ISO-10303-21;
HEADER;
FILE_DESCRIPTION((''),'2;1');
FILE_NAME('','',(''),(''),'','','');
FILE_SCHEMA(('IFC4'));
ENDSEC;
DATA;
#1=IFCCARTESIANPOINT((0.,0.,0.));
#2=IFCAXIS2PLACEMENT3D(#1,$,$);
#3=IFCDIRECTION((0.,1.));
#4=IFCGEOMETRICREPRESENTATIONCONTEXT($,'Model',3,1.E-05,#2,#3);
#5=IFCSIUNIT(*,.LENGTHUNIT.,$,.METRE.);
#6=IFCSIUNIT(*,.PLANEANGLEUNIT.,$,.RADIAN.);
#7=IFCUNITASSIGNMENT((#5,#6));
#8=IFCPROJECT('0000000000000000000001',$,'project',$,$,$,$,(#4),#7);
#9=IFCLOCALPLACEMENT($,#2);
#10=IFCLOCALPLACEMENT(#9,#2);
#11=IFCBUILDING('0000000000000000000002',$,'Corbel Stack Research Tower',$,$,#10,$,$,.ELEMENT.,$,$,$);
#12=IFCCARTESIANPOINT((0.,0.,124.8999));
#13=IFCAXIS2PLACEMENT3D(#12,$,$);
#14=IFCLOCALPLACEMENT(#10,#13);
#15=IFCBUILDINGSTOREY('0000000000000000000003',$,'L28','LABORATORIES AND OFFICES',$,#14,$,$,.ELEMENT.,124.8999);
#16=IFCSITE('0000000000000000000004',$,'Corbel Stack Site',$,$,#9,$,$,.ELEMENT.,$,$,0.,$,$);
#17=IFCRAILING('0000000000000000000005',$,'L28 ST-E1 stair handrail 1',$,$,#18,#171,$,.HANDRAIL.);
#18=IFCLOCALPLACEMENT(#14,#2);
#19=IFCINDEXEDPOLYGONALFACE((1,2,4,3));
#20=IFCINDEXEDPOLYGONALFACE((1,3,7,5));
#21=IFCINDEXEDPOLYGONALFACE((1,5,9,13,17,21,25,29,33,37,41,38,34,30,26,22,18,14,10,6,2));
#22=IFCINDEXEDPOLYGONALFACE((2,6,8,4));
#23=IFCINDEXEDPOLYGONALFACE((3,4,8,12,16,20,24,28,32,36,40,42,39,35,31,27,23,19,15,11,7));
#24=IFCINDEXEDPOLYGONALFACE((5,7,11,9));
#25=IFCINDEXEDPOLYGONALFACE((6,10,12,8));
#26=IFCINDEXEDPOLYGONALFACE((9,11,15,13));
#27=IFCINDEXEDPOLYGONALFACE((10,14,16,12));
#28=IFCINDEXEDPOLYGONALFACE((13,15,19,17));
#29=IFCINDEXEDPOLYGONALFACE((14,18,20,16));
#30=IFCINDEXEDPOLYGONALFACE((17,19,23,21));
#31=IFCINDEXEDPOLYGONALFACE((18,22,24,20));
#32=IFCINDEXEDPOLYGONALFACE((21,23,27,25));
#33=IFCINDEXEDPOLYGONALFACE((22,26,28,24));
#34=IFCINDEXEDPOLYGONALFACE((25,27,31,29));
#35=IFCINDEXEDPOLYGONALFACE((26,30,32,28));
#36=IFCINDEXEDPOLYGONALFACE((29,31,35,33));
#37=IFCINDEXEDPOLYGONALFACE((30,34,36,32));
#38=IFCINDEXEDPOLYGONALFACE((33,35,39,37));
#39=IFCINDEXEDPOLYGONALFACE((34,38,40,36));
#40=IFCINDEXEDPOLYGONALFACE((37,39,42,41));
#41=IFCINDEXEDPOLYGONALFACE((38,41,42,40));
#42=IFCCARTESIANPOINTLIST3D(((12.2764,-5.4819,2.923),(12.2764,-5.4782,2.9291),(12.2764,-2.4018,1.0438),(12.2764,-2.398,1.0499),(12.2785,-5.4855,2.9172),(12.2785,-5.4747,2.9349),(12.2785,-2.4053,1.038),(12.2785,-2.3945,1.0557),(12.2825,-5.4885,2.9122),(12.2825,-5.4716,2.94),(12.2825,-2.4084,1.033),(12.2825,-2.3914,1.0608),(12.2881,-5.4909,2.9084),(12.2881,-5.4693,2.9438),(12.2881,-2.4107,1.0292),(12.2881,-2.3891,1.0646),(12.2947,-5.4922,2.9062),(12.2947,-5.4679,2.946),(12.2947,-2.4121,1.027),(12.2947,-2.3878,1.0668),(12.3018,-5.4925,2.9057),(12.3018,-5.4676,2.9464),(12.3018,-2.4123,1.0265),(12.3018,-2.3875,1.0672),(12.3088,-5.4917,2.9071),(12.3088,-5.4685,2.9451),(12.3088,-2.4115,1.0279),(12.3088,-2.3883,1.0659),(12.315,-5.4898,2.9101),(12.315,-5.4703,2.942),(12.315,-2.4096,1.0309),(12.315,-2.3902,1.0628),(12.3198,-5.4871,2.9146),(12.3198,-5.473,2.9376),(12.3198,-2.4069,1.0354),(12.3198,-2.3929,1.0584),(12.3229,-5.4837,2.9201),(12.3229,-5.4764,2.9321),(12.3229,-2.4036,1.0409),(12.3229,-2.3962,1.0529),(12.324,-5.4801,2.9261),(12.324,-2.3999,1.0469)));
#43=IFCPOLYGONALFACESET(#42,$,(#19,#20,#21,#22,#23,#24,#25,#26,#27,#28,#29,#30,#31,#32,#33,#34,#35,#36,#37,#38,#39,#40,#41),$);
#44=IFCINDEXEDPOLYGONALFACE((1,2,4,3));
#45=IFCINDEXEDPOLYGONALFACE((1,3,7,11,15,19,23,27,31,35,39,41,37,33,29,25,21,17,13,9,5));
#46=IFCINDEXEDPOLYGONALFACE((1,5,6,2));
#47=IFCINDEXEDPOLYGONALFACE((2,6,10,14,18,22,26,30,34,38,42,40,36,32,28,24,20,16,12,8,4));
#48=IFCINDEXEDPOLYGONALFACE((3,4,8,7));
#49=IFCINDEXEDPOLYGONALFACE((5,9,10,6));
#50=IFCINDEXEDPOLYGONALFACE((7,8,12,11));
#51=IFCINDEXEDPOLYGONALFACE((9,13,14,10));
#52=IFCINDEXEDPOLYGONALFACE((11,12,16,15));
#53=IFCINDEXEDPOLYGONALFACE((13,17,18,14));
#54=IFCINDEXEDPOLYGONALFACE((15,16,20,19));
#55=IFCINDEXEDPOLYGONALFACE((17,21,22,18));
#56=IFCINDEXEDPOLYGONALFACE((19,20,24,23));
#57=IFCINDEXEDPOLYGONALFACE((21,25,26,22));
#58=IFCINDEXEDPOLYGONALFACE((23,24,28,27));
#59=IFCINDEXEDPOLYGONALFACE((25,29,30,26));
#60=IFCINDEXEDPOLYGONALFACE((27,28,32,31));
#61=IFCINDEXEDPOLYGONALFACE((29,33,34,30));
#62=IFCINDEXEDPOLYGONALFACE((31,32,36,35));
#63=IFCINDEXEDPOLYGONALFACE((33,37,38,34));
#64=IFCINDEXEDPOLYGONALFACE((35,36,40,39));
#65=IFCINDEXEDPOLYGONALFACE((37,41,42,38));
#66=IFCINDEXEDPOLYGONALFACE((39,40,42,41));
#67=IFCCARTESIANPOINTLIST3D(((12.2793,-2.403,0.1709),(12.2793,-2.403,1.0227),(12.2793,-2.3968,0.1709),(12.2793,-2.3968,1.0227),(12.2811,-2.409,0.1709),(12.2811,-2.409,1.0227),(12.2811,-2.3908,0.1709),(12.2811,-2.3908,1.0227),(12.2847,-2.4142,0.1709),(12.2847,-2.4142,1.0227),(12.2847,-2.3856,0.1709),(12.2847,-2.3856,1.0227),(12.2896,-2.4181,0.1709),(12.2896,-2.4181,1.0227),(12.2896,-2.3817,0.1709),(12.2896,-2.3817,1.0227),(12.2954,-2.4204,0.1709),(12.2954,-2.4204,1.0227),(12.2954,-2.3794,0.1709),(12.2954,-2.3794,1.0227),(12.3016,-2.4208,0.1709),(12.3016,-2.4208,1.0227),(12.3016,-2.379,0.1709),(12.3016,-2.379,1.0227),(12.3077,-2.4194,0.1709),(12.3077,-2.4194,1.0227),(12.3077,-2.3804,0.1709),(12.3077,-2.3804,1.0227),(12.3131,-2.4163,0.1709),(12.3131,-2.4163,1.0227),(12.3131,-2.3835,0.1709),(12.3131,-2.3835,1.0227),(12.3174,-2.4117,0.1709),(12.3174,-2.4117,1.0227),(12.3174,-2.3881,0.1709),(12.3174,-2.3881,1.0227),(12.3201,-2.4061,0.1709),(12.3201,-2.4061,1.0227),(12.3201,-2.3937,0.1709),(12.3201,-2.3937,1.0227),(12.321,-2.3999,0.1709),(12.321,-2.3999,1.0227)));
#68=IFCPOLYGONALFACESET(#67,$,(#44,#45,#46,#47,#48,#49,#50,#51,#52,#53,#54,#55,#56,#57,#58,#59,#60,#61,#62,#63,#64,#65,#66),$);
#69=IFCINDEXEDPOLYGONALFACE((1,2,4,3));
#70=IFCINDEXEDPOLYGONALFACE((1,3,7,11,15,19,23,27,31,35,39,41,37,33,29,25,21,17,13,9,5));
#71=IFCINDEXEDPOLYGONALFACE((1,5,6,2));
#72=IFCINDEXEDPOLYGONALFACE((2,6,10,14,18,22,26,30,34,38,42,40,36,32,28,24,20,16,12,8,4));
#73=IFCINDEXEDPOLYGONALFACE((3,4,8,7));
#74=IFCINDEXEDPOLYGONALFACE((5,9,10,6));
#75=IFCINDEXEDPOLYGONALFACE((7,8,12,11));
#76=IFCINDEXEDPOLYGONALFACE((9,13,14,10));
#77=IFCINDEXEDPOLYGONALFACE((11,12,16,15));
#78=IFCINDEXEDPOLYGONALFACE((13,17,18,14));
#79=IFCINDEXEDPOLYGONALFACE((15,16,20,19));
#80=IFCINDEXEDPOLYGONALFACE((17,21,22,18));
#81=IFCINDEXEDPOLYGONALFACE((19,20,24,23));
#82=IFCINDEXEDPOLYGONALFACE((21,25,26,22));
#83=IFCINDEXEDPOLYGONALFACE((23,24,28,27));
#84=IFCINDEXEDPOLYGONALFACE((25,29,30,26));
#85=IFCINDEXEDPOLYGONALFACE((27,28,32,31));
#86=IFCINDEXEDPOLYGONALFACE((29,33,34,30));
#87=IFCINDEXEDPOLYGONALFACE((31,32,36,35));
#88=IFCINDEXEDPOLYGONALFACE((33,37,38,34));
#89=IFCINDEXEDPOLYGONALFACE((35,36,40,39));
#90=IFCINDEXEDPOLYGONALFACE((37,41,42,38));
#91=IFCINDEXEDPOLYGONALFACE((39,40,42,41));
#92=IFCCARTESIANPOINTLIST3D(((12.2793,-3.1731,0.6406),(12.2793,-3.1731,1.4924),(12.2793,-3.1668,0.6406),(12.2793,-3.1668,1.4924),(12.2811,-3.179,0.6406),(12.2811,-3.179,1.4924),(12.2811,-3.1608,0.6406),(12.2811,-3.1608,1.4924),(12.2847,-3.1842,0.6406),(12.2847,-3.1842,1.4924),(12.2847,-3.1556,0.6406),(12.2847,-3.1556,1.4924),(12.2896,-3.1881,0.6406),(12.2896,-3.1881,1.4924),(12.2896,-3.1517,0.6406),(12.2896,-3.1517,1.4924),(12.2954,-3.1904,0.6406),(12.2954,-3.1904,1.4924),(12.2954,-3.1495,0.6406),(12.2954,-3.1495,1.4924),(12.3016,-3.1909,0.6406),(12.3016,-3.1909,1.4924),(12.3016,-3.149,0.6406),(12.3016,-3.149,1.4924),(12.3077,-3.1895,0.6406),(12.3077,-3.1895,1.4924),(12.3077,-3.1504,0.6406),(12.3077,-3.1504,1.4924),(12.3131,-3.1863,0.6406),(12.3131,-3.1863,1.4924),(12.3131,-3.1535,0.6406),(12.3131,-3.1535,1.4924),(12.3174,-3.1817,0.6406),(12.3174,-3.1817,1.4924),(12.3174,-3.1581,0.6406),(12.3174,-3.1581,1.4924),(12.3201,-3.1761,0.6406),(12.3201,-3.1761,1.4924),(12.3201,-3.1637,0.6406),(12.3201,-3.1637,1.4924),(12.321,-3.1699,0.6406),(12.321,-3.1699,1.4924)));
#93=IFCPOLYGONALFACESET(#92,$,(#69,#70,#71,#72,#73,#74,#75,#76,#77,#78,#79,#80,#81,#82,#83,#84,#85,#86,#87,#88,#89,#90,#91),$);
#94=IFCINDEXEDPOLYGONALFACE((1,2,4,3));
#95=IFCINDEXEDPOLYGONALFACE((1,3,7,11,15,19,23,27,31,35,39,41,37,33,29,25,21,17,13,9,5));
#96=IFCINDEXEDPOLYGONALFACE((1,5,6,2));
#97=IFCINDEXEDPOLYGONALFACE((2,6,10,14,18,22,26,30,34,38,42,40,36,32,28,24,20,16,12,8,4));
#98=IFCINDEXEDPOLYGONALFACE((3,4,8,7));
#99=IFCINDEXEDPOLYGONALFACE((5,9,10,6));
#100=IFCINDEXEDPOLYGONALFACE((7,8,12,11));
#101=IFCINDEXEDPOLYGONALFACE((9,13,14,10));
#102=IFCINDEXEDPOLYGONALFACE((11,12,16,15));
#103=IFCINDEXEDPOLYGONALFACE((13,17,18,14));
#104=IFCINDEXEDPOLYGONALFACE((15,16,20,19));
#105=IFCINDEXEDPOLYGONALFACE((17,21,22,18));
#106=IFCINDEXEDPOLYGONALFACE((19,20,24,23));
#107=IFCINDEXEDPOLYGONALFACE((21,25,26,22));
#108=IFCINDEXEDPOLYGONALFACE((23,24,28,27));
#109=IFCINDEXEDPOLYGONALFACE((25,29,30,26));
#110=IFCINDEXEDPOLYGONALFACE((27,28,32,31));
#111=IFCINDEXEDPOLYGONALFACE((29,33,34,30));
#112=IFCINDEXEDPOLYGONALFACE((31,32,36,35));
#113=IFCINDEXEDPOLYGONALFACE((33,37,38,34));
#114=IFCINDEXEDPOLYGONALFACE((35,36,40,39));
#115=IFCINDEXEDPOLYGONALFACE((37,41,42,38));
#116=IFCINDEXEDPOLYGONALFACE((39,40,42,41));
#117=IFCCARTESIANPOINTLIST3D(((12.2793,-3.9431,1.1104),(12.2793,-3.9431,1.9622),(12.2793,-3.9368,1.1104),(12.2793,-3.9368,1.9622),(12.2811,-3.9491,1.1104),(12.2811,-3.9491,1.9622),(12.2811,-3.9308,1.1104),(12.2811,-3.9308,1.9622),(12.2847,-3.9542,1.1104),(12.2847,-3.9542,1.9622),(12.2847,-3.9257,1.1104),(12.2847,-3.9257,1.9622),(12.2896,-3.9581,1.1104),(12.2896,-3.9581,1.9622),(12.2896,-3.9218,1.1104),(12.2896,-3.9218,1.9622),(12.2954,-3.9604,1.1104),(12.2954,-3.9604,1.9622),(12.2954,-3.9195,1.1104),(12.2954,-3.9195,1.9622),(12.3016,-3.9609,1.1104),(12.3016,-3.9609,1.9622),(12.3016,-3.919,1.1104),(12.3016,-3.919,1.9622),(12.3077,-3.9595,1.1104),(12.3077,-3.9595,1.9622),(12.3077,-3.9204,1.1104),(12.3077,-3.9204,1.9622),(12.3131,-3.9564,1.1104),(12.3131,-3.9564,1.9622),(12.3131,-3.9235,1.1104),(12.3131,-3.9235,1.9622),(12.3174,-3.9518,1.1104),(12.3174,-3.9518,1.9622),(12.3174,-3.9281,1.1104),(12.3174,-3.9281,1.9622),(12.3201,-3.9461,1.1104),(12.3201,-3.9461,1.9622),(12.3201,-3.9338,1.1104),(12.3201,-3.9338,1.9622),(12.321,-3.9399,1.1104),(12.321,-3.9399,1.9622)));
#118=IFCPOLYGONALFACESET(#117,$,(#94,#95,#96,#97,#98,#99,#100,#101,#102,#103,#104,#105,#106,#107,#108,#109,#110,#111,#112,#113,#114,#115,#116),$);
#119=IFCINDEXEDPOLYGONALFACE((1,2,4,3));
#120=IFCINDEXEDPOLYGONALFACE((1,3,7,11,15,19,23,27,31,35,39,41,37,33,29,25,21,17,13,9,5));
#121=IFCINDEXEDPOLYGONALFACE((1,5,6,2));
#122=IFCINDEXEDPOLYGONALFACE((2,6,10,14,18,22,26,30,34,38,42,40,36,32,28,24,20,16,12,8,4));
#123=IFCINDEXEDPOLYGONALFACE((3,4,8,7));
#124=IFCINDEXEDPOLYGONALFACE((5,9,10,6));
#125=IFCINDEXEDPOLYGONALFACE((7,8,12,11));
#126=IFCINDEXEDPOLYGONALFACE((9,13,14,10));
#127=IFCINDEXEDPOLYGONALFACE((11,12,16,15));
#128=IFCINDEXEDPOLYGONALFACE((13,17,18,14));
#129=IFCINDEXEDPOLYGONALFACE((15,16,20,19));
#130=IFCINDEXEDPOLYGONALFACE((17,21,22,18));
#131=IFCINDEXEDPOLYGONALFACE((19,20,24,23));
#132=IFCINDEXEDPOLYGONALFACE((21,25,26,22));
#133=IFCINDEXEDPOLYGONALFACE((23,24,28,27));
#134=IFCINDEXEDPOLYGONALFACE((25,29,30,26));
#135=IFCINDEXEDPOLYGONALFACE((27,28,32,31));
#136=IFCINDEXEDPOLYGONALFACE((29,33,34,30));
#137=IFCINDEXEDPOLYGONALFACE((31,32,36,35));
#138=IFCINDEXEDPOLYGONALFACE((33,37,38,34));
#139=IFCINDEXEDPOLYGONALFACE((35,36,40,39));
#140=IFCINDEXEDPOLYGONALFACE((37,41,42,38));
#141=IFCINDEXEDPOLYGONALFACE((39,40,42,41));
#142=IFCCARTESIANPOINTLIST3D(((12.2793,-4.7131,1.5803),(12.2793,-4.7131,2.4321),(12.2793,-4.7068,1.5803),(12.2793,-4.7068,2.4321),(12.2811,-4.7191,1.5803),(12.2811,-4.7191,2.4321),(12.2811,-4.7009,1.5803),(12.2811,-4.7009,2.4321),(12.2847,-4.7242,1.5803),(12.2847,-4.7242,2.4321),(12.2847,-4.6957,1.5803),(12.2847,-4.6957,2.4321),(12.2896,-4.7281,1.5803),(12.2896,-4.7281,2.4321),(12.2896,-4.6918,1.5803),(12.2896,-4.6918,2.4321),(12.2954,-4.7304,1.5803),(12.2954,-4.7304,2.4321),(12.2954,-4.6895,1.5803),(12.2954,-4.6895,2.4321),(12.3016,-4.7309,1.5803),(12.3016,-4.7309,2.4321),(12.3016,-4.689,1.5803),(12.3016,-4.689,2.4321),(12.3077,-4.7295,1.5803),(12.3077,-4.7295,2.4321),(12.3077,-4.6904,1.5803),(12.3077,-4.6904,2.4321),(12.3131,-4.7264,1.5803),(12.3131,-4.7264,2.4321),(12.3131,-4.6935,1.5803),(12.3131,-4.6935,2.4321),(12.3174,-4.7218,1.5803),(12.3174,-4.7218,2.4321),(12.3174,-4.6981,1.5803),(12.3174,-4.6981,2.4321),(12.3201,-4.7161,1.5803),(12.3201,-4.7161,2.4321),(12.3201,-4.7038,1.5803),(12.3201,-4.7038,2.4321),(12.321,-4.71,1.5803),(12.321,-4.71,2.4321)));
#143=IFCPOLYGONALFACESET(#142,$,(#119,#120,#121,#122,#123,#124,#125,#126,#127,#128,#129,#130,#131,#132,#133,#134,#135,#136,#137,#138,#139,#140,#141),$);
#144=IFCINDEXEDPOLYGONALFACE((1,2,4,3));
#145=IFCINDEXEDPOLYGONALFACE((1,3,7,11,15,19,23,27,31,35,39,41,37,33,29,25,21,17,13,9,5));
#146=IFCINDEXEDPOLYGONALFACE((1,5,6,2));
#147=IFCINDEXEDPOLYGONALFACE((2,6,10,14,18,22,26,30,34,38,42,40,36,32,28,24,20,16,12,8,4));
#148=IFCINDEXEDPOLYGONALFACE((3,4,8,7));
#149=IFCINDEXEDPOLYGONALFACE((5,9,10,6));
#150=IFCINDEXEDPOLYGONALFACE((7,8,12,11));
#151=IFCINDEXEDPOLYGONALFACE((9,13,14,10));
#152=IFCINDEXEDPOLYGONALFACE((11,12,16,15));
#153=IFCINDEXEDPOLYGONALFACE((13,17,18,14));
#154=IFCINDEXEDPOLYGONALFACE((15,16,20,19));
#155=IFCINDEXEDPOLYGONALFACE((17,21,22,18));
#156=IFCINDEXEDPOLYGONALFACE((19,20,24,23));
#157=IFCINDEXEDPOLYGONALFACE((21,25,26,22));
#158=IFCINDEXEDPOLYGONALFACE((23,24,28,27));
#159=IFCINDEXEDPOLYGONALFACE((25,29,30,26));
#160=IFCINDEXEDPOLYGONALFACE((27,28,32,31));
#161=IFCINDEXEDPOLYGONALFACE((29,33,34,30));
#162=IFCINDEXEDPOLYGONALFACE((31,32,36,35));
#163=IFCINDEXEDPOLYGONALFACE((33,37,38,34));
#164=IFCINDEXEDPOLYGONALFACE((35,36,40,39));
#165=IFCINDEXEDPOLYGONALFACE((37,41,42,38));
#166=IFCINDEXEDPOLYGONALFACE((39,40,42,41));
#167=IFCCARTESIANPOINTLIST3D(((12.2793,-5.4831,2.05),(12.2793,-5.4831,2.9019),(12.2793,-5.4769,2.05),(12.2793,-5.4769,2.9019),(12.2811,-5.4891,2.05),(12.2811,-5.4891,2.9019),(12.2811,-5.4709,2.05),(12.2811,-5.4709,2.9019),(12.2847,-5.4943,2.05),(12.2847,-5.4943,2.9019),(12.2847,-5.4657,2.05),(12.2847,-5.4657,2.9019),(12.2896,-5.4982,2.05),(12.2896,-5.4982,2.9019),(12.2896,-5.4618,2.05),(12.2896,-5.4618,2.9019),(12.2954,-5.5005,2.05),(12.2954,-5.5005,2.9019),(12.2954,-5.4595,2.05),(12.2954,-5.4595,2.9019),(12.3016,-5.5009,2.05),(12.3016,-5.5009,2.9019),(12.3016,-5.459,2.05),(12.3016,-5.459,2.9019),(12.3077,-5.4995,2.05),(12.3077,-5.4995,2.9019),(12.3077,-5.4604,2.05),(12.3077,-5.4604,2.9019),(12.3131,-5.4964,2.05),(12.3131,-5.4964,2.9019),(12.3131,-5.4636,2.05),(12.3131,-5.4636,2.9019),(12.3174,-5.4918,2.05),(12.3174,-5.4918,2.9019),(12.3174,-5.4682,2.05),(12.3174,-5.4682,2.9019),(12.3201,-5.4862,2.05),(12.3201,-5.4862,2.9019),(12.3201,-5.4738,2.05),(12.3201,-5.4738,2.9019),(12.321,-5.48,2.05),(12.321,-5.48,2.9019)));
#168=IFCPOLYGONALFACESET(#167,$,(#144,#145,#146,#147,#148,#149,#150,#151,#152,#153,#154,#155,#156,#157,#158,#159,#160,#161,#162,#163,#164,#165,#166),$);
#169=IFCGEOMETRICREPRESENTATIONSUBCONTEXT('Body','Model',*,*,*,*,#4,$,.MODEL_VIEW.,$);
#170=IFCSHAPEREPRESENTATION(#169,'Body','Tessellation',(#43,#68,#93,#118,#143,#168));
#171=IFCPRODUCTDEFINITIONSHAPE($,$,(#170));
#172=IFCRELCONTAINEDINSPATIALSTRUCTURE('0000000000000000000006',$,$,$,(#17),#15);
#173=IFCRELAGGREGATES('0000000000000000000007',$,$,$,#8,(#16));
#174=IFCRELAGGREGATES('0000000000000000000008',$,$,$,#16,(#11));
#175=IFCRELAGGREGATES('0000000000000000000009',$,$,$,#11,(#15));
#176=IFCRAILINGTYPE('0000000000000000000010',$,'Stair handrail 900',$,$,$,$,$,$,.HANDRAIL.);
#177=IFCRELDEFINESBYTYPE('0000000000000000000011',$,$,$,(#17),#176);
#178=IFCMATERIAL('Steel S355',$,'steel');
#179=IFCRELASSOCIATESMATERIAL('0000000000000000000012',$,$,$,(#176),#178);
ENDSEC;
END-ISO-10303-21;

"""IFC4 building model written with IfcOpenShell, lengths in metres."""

from ifc_helpers import new_model, si_unit, direction, frame, origin, origin_2d, place, context, subcontext, project, spatial, circle, extrude, material, type_object, element, save


model = new_model("IFC4")

# Units and contexts
model_context = context("Model", 3, precision=1e-05, world=origin(), true_north=direction((0.0, 1.0)))
body_context = subcontext(model_context, "Body", "Model", "MODEL_VIEW")
ifc_project = project(units=[si_unit("LENGTHUNIT", "METRE"), si_unit("PLANEANGLEUNIT", "RADIAN")], contexts=[model_context])

# Site, building, storey
site_placement = place(None, origin())
site = spatial("IfcSite", under=ifc_project, at=site_placement, Name="Corbel Stack Site", CompositionType="ELEMENT", RefElevation=0.0)
building_placement = place(site_placement, origin())
building = spatial("IfcBuilding", under=site, at=building_placement, Name="Corbel Stack Research Tower", CompositionType="ELEMENT")
storey_placement = place(building_placement, frame((0.0, 0.0, 124.8999)))
storey = spatial("IfcBuildingStorey", under=building, at=storey_placement, Name="L28", Description="LABORATORIES AND OFFICES", CompositionType="ELEMENT", Elevation=124.8999)

# Railing
ifc_material_1 = material(Name="Steel S355", Category="steel")
railing_type_1 = type_object("IfcRailingType", Name="Stair handrail 900", PredefinedType="HANDRAIL", material=ifc_material_1)
railing_1_placement = place(storey_placement, frame((12.3, -2.3999, 0.1709)))
element("IfcRailing", 1, at=railing_1_placement, inside=storey, type_object=railing_type_1, Name="L28 ST-E1 stair handrail 1", PredefinedType="HANDRAIL", context=body_context, shape_type="SweptSolid", body=[
    extrude(circle(Radius=0.0239, at=origin_2d()), frame((0.0, 0.0, 0.876), z_axis=(0.0, -0.853666, 0.52082), x_axis=(1.0, 0.0, 0.0)), (0.0, 0.0, 1.0), 3.6082),
    extrude(circle(Radius=0.021, at=origin_2d()), origin(), (0.0, 0.0, 1.0), 0.8518),
    extrude(circle(Radius=0.021, at=origin_2d()), frame((0.0, -0.77, 0.4697)), (0.0, 0.0, 1.0), 0.8518),
    extrude(circle(Radius=0.021, at=origin_2d()), frame((0.0, -1.54, 0.9395)), (0.0, 0.0, 1.0), 0.8518),
    extrude(circle(Radius=0.021, at=origin_2d()), frame((0.0, -2.3101, 1.4094)), (0.0, 0.0, 1.0), 0.8518),
    extrude(circle(Radius=0.021, at=origin_2d()), frame((0.0, -3.0801, 1.8792)), (0.0, 0.0, 1.0), 0.8518),
])

save(model, "model.ifc")
